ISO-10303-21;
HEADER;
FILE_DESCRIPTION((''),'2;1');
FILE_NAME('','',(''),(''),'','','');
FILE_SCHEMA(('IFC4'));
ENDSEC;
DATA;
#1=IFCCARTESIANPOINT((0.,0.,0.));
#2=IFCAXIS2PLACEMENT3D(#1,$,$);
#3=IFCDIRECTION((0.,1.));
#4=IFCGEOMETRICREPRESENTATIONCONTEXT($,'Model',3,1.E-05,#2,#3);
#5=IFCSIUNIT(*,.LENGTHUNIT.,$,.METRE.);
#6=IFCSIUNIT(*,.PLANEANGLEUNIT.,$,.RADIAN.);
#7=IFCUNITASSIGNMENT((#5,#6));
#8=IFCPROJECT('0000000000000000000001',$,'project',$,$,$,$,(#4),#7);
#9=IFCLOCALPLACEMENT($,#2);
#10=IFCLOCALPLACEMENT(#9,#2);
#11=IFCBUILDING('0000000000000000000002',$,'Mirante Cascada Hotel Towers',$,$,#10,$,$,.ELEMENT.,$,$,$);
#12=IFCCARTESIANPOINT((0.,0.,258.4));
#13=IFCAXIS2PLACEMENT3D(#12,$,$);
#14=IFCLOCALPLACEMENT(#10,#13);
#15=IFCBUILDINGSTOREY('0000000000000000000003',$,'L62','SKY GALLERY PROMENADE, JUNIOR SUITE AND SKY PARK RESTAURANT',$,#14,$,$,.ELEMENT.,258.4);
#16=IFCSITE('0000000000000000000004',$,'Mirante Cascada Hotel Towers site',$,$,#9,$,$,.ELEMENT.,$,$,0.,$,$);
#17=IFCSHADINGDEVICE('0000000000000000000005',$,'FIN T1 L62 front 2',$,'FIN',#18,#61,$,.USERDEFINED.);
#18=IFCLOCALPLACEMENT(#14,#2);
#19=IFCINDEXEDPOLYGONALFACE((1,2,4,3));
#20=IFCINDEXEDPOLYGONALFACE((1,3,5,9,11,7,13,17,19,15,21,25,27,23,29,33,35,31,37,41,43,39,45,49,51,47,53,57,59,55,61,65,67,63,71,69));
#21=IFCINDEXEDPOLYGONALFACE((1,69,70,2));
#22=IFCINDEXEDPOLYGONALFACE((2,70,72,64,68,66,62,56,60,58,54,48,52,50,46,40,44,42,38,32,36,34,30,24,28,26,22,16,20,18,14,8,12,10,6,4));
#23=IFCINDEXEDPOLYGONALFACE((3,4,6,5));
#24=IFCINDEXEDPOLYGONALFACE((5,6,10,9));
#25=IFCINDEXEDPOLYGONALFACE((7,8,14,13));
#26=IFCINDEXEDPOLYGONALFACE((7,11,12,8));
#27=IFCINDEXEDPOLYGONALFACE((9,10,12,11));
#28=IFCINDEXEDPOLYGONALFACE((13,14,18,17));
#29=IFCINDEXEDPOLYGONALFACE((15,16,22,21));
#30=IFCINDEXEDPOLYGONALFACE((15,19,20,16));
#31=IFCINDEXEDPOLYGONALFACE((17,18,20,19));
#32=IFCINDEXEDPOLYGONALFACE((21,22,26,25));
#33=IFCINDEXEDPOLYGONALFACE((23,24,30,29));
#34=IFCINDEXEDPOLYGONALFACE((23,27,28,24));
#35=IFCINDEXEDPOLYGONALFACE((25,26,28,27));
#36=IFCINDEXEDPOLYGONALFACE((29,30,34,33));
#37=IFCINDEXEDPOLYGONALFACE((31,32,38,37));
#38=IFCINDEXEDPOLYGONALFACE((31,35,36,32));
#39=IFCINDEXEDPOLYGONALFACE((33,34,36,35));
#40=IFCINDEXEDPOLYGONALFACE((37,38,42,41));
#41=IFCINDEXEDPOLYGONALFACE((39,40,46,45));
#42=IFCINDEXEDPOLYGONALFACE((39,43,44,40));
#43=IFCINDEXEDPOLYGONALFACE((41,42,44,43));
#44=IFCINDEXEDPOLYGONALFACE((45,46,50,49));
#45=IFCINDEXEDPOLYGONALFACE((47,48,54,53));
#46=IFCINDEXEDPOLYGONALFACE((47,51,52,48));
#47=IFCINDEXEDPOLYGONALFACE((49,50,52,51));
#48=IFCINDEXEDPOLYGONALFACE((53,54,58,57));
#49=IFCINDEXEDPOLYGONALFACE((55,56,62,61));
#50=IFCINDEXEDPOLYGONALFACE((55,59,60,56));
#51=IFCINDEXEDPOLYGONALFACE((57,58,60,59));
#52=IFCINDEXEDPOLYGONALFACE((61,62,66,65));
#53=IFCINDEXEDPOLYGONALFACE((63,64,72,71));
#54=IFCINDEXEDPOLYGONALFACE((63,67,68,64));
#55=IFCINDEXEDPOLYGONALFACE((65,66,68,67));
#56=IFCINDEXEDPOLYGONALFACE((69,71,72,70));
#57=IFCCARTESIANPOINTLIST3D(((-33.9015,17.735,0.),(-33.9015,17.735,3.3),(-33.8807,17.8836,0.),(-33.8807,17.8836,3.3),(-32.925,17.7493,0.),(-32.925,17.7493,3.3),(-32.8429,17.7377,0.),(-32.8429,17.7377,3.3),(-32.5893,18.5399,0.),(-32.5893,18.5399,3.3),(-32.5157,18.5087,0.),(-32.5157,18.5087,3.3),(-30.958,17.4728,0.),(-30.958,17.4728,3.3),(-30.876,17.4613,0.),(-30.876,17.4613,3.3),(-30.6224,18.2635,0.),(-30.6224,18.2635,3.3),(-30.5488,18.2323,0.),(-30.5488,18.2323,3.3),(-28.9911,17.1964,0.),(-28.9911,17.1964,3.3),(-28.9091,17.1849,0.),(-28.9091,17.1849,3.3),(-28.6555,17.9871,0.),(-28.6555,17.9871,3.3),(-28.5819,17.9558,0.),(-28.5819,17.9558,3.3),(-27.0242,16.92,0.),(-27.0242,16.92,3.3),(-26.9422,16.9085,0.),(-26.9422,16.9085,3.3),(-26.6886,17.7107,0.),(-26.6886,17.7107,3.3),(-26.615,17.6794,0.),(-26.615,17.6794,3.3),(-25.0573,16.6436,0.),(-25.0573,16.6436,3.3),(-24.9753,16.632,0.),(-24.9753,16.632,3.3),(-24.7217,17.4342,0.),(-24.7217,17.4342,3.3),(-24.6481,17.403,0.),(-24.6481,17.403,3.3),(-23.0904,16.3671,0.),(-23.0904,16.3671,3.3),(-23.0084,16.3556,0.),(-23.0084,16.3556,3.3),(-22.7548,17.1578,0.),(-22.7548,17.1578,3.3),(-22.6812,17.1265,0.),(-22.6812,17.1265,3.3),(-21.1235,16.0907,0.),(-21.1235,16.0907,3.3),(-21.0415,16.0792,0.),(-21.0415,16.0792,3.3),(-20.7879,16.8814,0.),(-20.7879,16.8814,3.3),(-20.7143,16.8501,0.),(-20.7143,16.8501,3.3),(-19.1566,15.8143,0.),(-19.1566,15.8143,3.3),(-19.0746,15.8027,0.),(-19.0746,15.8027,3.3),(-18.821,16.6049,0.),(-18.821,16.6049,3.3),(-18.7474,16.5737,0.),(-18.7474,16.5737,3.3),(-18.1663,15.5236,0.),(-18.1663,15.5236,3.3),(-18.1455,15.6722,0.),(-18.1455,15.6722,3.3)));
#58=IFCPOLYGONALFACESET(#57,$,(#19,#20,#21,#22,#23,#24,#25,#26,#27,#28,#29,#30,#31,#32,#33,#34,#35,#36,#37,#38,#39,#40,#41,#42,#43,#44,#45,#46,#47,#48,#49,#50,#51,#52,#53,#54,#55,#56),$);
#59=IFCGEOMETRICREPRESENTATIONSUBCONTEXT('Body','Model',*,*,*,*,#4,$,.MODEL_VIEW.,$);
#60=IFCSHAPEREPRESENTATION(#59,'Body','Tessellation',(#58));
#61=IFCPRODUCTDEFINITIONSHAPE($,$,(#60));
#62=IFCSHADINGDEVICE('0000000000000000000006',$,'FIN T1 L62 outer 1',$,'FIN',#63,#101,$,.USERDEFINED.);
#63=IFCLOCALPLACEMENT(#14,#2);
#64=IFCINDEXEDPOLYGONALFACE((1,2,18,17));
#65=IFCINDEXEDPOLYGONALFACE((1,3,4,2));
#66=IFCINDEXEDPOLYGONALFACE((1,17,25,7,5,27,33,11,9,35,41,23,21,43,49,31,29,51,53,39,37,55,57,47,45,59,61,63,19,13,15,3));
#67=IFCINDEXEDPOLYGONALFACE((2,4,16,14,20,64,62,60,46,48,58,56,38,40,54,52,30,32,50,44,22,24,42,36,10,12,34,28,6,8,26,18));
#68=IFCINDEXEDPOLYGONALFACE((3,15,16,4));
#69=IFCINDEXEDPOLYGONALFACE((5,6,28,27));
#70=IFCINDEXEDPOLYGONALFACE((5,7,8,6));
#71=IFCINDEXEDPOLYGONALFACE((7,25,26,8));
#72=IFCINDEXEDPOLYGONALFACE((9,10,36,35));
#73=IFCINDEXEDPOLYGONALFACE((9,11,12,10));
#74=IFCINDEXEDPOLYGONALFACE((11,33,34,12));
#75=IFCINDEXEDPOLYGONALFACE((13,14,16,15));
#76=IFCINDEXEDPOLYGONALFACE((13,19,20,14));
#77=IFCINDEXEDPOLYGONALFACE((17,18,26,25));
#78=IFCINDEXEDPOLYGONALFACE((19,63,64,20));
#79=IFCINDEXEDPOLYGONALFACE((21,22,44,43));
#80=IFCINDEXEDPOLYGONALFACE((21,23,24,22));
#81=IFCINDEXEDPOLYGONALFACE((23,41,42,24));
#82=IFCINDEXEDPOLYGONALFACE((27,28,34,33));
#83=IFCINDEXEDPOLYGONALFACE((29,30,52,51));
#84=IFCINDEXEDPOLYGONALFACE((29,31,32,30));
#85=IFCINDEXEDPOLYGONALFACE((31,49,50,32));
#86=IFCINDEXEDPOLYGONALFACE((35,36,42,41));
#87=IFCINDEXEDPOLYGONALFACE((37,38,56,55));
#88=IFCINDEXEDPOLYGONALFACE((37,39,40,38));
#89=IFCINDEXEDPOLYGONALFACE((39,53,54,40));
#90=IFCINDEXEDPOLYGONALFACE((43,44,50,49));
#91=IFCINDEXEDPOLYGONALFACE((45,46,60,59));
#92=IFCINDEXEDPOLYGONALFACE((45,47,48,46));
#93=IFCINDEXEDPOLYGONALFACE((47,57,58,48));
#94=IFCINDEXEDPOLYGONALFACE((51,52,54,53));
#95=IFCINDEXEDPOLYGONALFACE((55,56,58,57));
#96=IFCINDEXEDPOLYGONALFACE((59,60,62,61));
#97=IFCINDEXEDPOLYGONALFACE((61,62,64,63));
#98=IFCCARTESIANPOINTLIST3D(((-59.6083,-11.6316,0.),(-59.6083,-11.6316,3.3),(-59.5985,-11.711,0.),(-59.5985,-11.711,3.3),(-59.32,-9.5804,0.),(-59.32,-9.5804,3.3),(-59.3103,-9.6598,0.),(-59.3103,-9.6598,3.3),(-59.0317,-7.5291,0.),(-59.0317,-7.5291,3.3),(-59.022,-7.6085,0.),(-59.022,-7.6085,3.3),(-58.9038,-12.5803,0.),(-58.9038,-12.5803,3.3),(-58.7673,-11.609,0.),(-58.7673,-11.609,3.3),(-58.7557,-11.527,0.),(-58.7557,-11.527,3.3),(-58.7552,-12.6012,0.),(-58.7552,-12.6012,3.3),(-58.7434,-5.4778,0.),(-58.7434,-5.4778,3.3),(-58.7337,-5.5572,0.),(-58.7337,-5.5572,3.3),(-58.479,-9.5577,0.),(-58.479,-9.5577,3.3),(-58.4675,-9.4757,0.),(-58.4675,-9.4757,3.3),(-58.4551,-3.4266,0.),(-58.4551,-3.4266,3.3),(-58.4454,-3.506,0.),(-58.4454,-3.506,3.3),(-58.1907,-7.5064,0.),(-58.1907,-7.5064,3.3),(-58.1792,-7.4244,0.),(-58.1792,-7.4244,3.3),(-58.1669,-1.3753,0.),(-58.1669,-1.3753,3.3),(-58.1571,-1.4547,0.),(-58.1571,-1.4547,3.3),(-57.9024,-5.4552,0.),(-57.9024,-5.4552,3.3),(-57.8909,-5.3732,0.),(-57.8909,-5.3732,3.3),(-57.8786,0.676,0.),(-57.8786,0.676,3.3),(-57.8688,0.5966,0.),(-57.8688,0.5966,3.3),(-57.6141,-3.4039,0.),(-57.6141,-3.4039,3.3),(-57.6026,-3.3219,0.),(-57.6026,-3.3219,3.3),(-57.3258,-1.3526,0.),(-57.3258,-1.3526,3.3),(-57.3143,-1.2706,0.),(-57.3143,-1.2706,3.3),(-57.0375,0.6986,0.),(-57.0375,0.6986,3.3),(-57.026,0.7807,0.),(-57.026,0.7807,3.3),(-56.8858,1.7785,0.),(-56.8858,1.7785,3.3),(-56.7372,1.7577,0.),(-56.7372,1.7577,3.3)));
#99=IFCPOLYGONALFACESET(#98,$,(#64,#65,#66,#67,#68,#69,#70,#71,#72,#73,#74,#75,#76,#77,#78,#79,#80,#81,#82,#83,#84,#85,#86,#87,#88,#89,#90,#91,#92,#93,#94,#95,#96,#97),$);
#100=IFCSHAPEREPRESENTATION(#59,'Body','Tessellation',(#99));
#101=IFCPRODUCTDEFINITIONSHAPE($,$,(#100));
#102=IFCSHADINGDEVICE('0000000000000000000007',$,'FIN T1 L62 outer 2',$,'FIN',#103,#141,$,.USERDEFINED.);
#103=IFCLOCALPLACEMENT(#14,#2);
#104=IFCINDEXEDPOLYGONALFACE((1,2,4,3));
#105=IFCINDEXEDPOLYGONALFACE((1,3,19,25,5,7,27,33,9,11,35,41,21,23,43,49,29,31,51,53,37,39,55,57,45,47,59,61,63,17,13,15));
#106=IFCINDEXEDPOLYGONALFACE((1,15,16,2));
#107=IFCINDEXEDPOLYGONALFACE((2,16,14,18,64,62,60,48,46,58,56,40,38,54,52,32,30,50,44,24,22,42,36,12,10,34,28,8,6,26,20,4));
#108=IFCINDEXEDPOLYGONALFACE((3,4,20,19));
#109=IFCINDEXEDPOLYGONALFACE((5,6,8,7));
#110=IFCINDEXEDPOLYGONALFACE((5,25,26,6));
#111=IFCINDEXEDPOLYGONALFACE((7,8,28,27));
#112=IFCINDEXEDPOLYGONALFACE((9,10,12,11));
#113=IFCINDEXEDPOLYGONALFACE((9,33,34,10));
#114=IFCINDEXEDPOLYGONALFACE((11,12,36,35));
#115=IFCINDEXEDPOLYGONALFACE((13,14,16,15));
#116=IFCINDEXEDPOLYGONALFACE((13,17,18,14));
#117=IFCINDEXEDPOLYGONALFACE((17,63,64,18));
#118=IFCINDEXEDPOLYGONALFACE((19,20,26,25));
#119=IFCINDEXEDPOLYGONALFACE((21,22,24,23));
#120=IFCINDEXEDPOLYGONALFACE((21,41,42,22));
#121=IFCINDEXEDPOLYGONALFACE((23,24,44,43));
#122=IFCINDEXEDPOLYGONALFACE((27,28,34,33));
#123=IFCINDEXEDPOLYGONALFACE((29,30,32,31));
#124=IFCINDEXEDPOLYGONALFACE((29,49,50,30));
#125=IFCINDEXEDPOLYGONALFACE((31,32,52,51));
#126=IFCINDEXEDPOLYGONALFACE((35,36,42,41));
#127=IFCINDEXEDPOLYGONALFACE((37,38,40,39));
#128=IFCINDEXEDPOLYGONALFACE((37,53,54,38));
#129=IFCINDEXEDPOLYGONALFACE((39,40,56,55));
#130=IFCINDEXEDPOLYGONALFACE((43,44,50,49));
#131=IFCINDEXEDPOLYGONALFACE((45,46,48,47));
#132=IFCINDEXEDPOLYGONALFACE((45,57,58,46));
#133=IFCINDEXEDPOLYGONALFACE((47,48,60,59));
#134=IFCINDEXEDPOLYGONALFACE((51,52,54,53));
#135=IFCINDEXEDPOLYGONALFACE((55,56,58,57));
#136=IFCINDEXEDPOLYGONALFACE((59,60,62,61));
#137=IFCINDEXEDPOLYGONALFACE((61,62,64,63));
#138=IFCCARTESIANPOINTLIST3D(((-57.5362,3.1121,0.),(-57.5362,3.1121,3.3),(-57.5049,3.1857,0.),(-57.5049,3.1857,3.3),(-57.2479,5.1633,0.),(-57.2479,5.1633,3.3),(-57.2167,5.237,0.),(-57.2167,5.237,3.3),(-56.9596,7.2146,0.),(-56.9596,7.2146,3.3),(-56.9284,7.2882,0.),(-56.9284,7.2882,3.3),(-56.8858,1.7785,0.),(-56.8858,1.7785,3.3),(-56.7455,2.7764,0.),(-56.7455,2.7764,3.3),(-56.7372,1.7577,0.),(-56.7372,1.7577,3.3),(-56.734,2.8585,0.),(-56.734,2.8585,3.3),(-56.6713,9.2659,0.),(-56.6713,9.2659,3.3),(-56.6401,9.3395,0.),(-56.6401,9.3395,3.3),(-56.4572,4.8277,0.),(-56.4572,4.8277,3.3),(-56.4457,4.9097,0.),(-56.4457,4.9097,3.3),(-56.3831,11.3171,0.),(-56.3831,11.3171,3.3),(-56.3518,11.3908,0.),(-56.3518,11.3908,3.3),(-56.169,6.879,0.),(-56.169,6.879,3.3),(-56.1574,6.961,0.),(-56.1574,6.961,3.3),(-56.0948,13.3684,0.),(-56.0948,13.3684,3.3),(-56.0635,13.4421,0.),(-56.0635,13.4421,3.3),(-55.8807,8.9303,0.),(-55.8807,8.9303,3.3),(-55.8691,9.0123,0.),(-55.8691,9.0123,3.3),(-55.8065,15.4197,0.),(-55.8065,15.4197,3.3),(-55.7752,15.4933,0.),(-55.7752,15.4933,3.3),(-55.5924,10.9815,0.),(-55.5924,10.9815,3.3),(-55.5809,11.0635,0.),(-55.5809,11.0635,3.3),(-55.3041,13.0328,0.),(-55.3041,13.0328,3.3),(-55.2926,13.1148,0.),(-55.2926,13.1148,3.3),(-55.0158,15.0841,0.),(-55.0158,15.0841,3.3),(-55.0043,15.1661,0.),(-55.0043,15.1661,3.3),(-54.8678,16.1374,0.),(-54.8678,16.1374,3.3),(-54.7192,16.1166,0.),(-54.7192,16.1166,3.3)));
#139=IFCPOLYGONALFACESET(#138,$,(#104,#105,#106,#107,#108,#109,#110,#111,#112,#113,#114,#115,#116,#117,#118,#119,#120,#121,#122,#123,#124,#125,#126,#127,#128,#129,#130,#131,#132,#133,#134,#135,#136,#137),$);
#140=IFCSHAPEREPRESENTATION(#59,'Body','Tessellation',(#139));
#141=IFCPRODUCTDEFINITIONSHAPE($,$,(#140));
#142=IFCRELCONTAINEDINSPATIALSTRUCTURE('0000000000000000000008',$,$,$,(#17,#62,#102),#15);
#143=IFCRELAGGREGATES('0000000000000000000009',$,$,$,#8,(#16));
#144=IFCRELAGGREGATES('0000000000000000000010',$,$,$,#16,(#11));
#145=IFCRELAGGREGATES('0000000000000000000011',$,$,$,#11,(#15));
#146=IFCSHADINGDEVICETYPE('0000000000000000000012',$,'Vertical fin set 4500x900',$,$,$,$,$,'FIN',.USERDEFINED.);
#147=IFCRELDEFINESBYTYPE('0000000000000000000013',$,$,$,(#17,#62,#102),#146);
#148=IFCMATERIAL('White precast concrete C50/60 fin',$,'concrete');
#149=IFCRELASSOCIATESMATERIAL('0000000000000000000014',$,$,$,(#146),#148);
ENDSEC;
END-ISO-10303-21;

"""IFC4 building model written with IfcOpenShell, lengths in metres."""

from ifc_helpers import new_model, si_unit, direction, frame, origin, place, context, subcontext, project, spatial, polyline, outline, extrude, material, type_object, element, save


model = new_model("IFC4")

# Units and contexts
model_context = context("Model", 3, precision=1e-05, world=origin(), true_north=direction((0.0, 1.0)))
body_context = subcontext(model_context, "Body", "Model", "MODEL_VIEW")
ifc_project = project(units=[si_unit("LENGTHUNIT", "METRE"), si_unit("PLANEANGLEUNIT", "RADIAN")], contexts=[model_context])

# Site, building, storey
site_placement = place(None, origin())
site = spatial("IfcSite", under=ifc_project, at=site_placement, Name="Mirante Cascada Hotel Towers site", CompositionType="ELEMENT", RefElevation=0.0)
building_placement = place(site_placement, origin())
building = spatial("IfcBuilding", under=site, at=building_placement, Name="Mirante Cascada Hotel Towers", CompositionType="ELEMENT")
storey_placement = place(building_placement, frame((0.0, 0.0, 258.4)))
storey = spatial("IfcBuildingStorey", under=building, at=storey_placement, Name="L62", Description="SKY GALLERY PROMENADE, JUNIOR SUITE AND SKY PARK RESTAURANT", CompositionType="ELEMENT", Elevation=258.4)

# Shading devices
ifc_material_1 = material(Name="White precast concrete C50/60 fin", Category="concrete")
shading_device_type = type_object("IfcShadingDeviceType", Name="Vertical fin set 4500x900", ElementType="FIN", PredefinedType="USERDEFINED", material=ifc_material_1)
shading_device_1_placement = place(storey_placement, origin())
element("IfcShadingDevice", 1, at=shading_device_1_placement, inside=storey, type_object=shading_device_type, Name="FIN T1 L62 front 2", ObjectType="FIN", PredefinedType="USERDEFINED", context=body_context, shape_type="SweptSolid", body=[
    extrude(outline(polyline([(-19.0746, 15.8027), (-18.1455, 15.6722), (-18.1663, 15.5236), (-33.9015, 17.735), (-33.8807, 17.8836), (-32.925, 17.7493), (-32.5893, 18.5399), (-32.5157, 18.5087), (-32.8429, 17.7377), (-30.958, 17.4728), (-30.6224, 18.2635), (-30.5488, 18.2323), (-30.876, 17.4613), (-28.9911, 17.1964), (-28.6555, 17.9871), (-28.5819, 17.9558), (-28.9091, 17.1849), (-27.0242, 16.92), (-26.6886, 17.7107), (-26.615, 17.6794), (-26.9422, 16.9085), (-25.0573, 16.6436), (-24.7217, 17.4342), (-24.6481, 17.403), (-24.9753, 16.632), (-23.0904, 16.3671), (-22.7548, 17.1578), (-22.6812, 17.1265), (-23.0084, 16.3556), (-21.1235, 16.0907), (-20.7879, 16.8814), (-20.7143, 16.8501), (-21.0415, 16.0792), (-19.1566, 15.8143), (-18.821, 16.6049), (-18.7474, 16.5737), (-19.0746, 15.8027)])), origin(), (0.0, 0.0, 1.0), 3.3),
])
shading_device_2_placement = place(storey_placement, origin())
element("IfcShadingDevice", 2, at=shading_device_2_placement, inside=storey, type_object=shading_device_type, Name="FIN T1 L62 outer 1", ObjectType="FIN", PredefinedType="USERDEFINED", context=body_context, shape_type="SweptSolid", body=[
    extrude(outline(polyline([(-58.7557, -11.527), (-58.479, -9.5577), (-59.3103, -9.6598), (-59.32, -9.5804), (-58.4675, -9.4757), (-58.1907, -7.5064), (-59.022, -7.6085), (-59.0317, -7.5291), (-58.1792, -7.4244), (-57.9024, -5.4552), (-58.7337, -5.5572), (-58.7434, -5.4778), (-57.8909, -5.3732), (-57.6141, -3.4039), (-58.4454, -3.506), (-58.4551, -3.4266), (-57.6026, -3.3219), (-57.3258, -1.3526), (-58.1571, -1.4547), (-58.1669, -1.3753), (-57.3143, -1.2706), (-57.0375, 0.6986), (-57.8688, 0.5966), (-57.8786, 0.676), (-57.026, 0.7807), (-56.8858, 1.7785), (-56.7372, 1.7577), (-58.7552, -12.6012), (-58.9038, -12.5803), (-58.7673, -11.609), (-59.5985, -11.711), (-59.6083, -11.6316), (-58.7557, -11.527)])), origin(), (0.0, 0.0, 1.0), 3.3),
])
shading_device_3_placement = place(storey_placement, origin())
element("IfcShadingDevice", 3, at=shading_device_3_placement, inside=storey, type_object=shading_device_type, Name="FIN T1 L62 outer 2", ObjectType="FIN", PredefinedType="USERDEFINED", context=body_context, shape_type="SweptSolid", body=[
    extrude(outline(polyline([(-56.734, 2.8585), (-56.4572, 4.8277), (-57.2479, 5.1633), (-57.2167, 5.237), (-56.4457, 4.9097), (-56.169, 6.879), (-56.9596, 7.2146), (-56.9284, 7.2882), (-56.1574, 6.961), (-55.8807, 8.9303), (-56.6713, 9.2659), (-56.6401, 9.3395), (-55.8691, 9.0123), (-55.5924, 10.9815), (-56.3831, 11.3171), (-56.3518, 11.3908), (-55.5809, 11.0635), (-55.3041, 13.0328), (-56.0948, 13.3684), (-56.0635, 13.4421), (-55.2926, 13.1148), (-55.0158, 15.0841), (-55.8065, 15.4197), (-55.7752, 15.4933), (-55.0043, 15.1661), (-54.8678, 16.1374), (-54.7192, 16.1166), (-56.7372, 1.7577), (-56.8858, 1.7785), (-56.7455, 2.7764), (-57.5362, 3.1121), (-57.5049, 3.1857), (-56.734, 2.8585)])), origin(), (0.0, 0.0, 1.0), 3.3),
])

save(model, "model.ifc")
